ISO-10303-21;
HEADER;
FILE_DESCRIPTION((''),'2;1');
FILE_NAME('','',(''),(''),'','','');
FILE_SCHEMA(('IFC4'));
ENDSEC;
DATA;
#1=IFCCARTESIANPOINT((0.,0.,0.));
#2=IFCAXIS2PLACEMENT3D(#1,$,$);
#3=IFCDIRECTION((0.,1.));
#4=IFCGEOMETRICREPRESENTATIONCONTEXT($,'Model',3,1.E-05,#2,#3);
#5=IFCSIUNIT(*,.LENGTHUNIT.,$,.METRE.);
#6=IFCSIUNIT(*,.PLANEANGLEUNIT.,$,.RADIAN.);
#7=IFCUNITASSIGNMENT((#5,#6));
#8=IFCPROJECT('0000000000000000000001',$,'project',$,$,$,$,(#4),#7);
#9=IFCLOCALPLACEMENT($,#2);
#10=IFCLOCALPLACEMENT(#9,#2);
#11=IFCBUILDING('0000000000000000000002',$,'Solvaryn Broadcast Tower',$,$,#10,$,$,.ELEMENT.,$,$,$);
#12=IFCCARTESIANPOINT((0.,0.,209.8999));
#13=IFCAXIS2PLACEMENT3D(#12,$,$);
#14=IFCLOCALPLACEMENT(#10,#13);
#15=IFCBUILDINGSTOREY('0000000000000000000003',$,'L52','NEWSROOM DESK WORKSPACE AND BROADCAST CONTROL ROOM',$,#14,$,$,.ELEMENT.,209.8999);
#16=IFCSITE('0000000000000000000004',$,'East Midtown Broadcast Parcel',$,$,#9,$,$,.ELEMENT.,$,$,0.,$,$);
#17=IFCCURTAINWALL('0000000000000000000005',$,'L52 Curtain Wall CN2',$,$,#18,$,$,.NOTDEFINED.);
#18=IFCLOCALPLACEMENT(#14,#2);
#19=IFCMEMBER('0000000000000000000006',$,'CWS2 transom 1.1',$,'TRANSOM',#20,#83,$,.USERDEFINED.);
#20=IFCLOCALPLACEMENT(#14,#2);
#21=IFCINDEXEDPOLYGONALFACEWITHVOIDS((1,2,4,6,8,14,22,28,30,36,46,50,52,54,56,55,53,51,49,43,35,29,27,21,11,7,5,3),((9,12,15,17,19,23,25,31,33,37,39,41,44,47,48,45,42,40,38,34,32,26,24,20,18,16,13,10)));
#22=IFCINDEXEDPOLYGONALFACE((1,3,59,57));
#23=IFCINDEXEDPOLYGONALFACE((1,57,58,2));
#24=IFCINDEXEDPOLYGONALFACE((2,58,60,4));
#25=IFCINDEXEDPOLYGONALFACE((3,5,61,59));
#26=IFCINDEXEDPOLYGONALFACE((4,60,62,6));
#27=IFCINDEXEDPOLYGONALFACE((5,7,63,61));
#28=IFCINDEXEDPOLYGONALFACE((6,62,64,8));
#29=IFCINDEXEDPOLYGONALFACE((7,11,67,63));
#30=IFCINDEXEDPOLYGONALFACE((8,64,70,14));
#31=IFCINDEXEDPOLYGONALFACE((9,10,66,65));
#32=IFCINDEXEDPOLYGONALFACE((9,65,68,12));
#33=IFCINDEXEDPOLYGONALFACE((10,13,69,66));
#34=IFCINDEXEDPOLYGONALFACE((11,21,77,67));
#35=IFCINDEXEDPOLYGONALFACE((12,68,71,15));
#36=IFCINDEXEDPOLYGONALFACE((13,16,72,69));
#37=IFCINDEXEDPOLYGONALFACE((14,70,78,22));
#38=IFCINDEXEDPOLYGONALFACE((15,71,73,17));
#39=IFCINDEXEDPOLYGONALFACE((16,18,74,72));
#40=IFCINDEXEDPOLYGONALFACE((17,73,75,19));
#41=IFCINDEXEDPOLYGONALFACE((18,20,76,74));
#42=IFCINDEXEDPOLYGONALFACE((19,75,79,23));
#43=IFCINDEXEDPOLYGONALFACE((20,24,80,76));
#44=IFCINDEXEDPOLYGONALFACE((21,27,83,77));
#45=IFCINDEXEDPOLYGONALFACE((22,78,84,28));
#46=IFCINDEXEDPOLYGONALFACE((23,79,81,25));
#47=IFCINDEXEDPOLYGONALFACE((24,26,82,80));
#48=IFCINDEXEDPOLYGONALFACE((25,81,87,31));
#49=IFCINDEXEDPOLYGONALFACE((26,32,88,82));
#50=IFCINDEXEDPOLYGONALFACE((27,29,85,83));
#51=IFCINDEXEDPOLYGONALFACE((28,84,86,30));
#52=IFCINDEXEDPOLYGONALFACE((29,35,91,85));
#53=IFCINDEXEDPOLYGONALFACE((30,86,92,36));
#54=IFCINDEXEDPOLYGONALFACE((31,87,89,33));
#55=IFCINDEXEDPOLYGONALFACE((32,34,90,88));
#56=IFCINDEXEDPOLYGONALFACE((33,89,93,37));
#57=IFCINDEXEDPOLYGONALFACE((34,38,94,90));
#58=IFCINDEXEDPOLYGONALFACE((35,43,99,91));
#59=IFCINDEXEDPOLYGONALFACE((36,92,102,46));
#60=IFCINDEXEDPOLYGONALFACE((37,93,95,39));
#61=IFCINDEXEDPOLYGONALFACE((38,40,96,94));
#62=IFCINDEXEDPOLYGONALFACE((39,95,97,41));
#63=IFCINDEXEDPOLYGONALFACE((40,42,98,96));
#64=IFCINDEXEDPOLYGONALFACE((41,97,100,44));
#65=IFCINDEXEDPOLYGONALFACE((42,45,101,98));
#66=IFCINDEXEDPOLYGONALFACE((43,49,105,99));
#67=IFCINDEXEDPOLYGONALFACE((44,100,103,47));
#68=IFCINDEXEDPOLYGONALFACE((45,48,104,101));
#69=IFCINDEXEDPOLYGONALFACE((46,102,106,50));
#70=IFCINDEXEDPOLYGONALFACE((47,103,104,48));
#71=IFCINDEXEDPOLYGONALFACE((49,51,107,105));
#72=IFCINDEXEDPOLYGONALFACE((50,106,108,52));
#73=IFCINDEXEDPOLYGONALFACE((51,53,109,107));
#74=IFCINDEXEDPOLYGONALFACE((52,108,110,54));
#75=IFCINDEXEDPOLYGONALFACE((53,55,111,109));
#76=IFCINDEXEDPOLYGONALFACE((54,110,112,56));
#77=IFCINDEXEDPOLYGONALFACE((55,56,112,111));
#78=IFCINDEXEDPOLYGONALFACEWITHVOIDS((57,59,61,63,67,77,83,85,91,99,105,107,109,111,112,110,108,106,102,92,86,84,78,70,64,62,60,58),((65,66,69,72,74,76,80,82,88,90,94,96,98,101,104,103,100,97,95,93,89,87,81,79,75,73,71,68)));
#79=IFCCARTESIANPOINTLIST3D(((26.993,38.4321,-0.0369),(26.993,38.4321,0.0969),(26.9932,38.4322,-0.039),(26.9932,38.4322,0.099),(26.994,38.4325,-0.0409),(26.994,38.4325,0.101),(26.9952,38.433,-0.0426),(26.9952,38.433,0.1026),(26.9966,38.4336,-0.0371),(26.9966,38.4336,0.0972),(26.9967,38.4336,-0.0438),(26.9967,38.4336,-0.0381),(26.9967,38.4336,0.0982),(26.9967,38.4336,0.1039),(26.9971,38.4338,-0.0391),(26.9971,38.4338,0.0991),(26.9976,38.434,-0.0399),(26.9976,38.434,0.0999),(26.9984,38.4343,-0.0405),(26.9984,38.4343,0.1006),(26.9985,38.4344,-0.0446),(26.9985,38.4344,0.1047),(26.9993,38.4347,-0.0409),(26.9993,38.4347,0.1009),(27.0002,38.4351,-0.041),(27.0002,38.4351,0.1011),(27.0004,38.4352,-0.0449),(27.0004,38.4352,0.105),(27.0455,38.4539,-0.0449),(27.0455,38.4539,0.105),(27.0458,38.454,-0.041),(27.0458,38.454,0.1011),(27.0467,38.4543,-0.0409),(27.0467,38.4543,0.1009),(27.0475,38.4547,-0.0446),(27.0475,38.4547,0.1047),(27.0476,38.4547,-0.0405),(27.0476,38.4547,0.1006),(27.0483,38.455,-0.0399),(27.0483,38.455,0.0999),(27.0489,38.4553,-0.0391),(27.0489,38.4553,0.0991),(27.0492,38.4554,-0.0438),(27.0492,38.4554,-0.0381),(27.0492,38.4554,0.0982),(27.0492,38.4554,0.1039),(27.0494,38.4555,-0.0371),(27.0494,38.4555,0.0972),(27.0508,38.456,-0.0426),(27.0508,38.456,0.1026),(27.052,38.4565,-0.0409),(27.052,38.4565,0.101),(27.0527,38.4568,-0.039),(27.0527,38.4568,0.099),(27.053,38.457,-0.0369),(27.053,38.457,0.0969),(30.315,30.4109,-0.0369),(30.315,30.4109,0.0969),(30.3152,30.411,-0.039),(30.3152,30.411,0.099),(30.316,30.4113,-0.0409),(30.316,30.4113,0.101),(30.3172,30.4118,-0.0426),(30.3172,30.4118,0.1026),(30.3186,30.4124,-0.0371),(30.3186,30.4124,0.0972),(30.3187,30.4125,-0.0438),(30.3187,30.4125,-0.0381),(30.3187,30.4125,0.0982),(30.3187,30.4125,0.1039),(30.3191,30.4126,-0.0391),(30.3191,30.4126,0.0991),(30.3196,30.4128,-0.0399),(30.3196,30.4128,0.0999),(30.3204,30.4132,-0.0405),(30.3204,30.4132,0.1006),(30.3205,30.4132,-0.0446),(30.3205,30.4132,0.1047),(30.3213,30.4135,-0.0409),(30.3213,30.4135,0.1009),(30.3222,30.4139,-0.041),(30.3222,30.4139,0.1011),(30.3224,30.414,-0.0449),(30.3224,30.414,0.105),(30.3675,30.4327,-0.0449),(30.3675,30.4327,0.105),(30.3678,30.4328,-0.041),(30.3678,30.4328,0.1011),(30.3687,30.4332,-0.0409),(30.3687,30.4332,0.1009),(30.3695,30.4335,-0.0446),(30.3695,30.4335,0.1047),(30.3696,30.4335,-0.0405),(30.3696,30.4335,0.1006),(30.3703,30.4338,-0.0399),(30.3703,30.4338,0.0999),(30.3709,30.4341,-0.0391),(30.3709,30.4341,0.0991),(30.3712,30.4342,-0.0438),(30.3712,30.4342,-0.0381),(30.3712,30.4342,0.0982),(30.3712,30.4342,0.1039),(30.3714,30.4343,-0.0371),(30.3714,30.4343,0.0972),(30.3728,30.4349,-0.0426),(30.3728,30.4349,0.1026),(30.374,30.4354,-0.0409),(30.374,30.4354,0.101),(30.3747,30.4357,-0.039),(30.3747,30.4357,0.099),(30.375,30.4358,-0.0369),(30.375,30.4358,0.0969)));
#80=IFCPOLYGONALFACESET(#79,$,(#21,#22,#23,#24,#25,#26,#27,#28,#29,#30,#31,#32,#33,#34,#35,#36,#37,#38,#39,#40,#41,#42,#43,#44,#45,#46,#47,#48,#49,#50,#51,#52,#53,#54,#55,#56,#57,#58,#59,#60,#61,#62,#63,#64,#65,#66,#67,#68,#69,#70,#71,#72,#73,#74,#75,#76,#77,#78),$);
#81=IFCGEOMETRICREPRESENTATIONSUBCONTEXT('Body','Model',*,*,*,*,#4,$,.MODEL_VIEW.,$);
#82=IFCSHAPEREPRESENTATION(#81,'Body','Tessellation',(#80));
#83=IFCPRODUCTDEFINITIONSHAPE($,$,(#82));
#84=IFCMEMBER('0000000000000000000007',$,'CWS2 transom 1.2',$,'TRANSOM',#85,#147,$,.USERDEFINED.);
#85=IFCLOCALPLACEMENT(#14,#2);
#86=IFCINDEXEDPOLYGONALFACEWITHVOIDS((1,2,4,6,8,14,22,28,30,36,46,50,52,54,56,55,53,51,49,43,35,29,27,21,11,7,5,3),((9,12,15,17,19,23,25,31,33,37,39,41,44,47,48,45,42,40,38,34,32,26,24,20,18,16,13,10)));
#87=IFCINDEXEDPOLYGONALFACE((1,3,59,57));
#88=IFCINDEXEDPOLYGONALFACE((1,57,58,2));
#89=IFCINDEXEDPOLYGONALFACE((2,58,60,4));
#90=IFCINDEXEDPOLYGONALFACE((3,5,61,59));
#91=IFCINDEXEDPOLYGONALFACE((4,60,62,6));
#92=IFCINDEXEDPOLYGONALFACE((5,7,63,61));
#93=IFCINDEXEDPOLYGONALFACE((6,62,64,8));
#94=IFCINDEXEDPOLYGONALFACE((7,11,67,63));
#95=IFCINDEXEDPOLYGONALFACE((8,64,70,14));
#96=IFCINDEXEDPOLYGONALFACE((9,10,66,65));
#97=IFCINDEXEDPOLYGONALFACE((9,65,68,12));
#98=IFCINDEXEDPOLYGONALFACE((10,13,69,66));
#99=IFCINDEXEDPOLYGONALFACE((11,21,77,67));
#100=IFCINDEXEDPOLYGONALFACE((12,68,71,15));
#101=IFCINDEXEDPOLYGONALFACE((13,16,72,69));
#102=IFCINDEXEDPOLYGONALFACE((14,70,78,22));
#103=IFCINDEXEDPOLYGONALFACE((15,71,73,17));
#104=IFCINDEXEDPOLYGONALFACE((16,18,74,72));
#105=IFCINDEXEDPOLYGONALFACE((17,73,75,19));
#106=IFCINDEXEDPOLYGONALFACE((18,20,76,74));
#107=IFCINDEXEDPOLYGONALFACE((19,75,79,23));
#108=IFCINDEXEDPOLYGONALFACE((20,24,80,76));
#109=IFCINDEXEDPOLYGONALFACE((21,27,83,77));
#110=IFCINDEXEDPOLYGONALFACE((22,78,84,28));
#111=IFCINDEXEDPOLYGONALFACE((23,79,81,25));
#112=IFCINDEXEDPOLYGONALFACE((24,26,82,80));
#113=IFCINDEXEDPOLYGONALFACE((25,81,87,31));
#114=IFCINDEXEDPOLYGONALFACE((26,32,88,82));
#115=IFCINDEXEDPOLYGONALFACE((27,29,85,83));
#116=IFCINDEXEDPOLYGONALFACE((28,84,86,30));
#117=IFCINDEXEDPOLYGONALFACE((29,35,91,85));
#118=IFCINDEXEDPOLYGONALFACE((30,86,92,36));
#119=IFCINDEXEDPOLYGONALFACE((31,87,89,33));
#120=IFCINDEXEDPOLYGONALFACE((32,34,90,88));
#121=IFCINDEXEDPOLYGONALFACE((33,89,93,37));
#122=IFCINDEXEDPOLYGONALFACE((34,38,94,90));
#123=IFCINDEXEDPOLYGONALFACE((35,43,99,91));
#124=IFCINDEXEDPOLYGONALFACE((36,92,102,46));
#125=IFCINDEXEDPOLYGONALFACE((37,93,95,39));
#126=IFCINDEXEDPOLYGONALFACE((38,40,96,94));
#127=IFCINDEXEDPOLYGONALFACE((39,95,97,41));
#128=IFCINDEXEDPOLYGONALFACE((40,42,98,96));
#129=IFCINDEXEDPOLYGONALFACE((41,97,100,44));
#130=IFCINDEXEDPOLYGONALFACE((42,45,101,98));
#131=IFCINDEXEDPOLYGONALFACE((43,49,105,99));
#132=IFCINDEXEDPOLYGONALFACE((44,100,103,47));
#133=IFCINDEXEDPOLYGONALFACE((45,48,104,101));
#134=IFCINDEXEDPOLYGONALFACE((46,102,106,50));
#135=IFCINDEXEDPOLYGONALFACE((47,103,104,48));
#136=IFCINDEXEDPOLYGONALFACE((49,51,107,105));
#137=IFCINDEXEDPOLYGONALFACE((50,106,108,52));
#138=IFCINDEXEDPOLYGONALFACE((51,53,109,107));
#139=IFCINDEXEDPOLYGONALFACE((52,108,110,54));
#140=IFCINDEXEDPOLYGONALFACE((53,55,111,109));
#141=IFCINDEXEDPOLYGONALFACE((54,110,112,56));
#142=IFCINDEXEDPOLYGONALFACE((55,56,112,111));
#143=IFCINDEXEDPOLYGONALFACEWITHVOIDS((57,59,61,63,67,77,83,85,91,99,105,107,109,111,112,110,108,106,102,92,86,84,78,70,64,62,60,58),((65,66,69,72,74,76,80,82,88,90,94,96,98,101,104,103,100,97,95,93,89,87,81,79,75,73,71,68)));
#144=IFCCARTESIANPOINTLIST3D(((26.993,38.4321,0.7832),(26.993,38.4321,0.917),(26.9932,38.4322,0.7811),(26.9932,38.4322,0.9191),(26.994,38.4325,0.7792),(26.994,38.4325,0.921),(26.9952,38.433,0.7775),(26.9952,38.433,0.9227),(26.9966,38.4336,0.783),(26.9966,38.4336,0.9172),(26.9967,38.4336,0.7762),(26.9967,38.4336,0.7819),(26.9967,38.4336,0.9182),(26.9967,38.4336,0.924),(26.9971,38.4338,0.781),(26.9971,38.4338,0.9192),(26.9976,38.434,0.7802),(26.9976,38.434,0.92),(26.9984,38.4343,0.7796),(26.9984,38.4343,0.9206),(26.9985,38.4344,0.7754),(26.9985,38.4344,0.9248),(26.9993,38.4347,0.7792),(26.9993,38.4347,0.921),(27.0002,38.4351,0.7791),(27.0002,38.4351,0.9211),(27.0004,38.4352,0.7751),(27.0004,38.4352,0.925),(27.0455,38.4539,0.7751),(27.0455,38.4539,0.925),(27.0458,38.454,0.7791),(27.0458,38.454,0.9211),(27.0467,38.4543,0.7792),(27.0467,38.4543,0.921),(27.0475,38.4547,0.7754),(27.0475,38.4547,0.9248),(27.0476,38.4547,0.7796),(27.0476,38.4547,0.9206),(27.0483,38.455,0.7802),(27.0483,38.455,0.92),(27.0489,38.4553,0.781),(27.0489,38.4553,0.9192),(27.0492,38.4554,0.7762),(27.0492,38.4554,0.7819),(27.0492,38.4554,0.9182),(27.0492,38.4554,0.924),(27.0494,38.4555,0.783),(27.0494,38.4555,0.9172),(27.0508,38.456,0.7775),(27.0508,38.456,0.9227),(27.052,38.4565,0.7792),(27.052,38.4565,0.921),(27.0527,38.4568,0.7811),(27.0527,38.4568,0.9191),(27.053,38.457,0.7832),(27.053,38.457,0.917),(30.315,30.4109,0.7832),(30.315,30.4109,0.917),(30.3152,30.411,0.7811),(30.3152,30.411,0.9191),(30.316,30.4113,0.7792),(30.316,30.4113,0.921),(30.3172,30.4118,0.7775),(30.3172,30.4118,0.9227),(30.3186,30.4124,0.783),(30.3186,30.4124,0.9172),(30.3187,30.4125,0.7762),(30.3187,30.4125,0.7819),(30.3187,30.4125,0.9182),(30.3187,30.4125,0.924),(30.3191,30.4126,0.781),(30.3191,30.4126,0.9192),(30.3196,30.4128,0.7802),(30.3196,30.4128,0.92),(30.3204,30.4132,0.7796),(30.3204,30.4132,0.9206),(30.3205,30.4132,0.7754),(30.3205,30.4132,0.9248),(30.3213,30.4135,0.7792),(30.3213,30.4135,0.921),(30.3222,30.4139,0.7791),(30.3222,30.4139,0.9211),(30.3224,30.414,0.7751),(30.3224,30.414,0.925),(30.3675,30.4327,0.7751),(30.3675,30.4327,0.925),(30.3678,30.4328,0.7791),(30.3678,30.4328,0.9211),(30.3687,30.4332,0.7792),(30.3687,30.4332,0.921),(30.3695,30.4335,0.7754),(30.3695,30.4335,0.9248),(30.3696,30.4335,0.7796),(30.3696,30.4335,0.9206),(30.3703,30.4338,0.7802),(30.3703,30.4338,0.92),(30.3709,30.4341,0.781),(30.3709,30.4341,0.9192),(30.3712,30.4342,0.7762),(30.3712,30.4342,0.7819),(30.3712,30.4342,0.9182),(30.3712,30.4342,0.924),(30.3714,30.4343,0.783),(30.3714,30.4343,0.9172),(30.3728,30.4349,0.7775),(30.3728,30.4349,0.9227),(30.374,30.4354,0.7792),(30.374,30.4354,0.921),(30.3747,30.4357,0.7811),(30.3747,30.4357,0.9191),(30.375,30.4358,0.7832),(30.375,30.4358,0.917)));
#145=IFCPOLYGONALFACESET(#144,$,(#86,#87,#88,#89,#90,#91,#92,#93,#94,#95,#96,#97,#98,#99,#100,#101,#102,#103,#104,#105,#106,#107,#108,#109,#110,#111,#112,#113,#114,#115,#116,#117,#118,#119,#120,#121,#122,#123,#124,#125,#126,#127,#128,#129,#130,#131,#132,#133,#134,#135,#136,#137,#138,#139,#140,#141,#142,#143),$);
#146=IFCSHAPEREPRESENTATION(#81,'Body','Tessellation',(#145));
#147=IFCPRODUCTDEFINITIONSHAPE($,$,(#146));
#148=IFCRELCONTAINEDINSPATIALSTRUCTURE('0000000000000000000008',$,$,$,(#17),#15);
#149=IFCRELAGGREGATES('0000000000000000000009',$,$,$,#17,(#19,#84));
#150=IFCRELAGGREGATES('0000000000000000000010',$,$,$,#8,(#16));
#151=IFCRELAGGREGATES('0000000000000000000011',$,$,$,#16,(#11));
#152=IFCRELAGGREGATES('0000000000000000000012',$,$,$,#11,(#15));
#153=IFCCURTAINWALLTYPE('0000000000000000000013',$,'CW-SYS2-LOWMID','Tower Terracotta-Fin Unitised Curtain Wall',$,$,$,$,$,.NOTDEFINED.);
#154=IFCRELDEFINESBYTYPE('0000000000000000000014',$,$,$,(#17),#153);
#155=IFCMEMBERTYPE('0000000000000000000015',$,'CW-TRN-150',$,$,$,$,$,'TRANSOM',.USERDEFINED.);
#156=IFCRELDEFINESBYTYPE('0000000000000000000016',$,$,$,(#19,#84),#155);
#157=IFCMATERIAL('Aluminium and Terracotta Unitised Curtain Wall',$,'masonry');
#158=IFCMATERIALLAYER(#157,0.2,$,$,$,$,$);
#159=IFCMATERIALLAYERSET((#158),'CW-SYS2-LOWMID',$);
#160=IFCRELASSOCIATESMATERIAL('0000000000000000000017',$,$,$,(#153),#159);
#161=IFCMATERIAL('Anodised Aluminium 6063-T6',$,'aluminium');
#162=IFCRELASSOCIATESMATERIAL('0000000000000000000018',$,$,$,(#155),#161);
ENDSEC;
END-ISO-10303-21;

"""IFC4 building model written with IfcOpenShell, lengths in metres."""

from ifc_helpers import new_model, si_unit, direction, frame, origin, origin_2d, place, context, subcontext, project, spatial, hollow_rectangle, extrude, material, layer, layer_set, material_profile, profile_set, type_object, element, aggregate, save


model = new_model("IFC4")

# Units and contexts
model_context = context("Model", 3, precision=1e-05, world=origin(), true_north=direction((0.0, 1.0)))
body_context = subcontext(model_context, "Body", "Model", "MODEL_VIEW")
ifc_project = project(units=[si_unit("LENGTHUNIT", "METRE"), si_unit("PLANEANGLEUNIT", "RADIAN")], contexts=[model_context])

# Site, building, storey
site_placement = place(None, origin())
site = spatial("IfcSite", under=ifc_project, at=site_placement, Name="East Midtown Broadcast Parcel", CompositionType="ELEMENT", RefElevation=0.0)
building_placement = place(site_placement, origin())
building = spatial("IfcBuilding", under=site, at=building_placement, Name="Solvaryn Broadcast Tower", CompositionType="ELEMENT")
storey_placement = place(building_placement, frame((0.0, 0.0, 209.8999)))
storey = spatial("IfcBuildingStorey", under=building, at=storey_placement, Name="L52", Description="NEWSROOM DESK WORKSPACE AND BROADCAST CONTROL ROOM", CompositionType="ELEMENT", Elevation=209.8999)

# Shared definitions
ifc_material_1 = material(Name="Aluminium and Terracotta Unitised Curtain Wall", Category="masonry")
ifc_layer_1 = layer(ifc_material_1, 0.2)
ifc_layer_set_1 = layer_set([ifc_layer_1], Name="CW-SYS2-LOWMID")
curtain_wall_type = type_object("IfcCurtainWallType", Name="CW-SYS2-LOWMID", Description="Tower Terracotta-Fin Unitised Curtain Wall", PredefinedType="NOTDEFINED", material=ifc_layer_set_1)

# Curtain wall, members
curtain_wall_1_placement = place(storey_placement, origin())
curtain_wall_1 = element("IfcCurtainWall", 1, at=curtain_wall_1_placement, inside=storey, type_object=curtain_wall_type, Name="L52 Curtain Wall CN2", PredefinedType="NOTDEFINED")
ifc_material_2 = material(Name="Anodised Aluminium 6063-T6", Category="aluminium")
ifc_material_profile_1 = material_profile(ifc_material_2, hollow_rectangle(XDim=0.0649, YDim=0.1499, WallThickness=0.0039, InnerFilletRadius=0.0039, OuterFilletRadius=0.0081, at=origin_2d()))
ifc_profile_set_1 = profile_set([ifc_material_profile_1], Name="Anodised Aluminium 6063-T6")
member_type_1 = type_object("IfcMemberType", Name="CW-TRN-150", ElementType="TRANSOM", PredefinedType="USERDEFINED", material=ifc_profile_set_1)
member_1_placement = place(storey_placement, frame((30.345, 30.4233, 0.03), z_axis=(-0.382636, 0.923899, 0.0), x_axis=(-0.923899, -0.382636, 0.0)))
member_1 = element("IfcMember", 2, at=member_1_placement, type_object=member_type_1, Name="CWS2 transom 1.1", ObjectType="TRANSOM", PredefinedType="USERDEFINED", context=body_context, shape_type="SweptSolid", body=[
    extrude(hollow_rectangle(XDim=0.0649, YDim=0.1499, WallThickness=0.0039, InnerFilletRadius=0.0039, OuterFilletRadius=0.0081, at=origin_2d()), origin(), (0.0, 0.0, 1.0), 8.6819),
])
member_2_placement = place(storey_placement, frame((30.345, 30.4233, 0.8501), z_axis=(-0.382636, 0.923899, 0.0), x_axis=(-0.923899, -0.382636, 0.0)))
member_2 = element("IfcMember", 3, at=member_2_placement, type_object=member_type_1, Name="CWS2 transom 1.2", ObjectType="TRANSOM", PredefinedType="USERDEFINED", context=body_context, shape_type="SweptSolid", body=[
    extrude(hollow_rectangle(XDim=0.0649, YDim=0.1499, WallThickness=0.0039, InnerFilletRadius=0.0039, OuterFilletRadius=0.0081, at=origin_2d()), origin(), (0.0, 0.0, 1.0), 8.6819),
])

aggregate(curtain_wall_1, [member_1, member_2])

save(model, "model.ifc")
